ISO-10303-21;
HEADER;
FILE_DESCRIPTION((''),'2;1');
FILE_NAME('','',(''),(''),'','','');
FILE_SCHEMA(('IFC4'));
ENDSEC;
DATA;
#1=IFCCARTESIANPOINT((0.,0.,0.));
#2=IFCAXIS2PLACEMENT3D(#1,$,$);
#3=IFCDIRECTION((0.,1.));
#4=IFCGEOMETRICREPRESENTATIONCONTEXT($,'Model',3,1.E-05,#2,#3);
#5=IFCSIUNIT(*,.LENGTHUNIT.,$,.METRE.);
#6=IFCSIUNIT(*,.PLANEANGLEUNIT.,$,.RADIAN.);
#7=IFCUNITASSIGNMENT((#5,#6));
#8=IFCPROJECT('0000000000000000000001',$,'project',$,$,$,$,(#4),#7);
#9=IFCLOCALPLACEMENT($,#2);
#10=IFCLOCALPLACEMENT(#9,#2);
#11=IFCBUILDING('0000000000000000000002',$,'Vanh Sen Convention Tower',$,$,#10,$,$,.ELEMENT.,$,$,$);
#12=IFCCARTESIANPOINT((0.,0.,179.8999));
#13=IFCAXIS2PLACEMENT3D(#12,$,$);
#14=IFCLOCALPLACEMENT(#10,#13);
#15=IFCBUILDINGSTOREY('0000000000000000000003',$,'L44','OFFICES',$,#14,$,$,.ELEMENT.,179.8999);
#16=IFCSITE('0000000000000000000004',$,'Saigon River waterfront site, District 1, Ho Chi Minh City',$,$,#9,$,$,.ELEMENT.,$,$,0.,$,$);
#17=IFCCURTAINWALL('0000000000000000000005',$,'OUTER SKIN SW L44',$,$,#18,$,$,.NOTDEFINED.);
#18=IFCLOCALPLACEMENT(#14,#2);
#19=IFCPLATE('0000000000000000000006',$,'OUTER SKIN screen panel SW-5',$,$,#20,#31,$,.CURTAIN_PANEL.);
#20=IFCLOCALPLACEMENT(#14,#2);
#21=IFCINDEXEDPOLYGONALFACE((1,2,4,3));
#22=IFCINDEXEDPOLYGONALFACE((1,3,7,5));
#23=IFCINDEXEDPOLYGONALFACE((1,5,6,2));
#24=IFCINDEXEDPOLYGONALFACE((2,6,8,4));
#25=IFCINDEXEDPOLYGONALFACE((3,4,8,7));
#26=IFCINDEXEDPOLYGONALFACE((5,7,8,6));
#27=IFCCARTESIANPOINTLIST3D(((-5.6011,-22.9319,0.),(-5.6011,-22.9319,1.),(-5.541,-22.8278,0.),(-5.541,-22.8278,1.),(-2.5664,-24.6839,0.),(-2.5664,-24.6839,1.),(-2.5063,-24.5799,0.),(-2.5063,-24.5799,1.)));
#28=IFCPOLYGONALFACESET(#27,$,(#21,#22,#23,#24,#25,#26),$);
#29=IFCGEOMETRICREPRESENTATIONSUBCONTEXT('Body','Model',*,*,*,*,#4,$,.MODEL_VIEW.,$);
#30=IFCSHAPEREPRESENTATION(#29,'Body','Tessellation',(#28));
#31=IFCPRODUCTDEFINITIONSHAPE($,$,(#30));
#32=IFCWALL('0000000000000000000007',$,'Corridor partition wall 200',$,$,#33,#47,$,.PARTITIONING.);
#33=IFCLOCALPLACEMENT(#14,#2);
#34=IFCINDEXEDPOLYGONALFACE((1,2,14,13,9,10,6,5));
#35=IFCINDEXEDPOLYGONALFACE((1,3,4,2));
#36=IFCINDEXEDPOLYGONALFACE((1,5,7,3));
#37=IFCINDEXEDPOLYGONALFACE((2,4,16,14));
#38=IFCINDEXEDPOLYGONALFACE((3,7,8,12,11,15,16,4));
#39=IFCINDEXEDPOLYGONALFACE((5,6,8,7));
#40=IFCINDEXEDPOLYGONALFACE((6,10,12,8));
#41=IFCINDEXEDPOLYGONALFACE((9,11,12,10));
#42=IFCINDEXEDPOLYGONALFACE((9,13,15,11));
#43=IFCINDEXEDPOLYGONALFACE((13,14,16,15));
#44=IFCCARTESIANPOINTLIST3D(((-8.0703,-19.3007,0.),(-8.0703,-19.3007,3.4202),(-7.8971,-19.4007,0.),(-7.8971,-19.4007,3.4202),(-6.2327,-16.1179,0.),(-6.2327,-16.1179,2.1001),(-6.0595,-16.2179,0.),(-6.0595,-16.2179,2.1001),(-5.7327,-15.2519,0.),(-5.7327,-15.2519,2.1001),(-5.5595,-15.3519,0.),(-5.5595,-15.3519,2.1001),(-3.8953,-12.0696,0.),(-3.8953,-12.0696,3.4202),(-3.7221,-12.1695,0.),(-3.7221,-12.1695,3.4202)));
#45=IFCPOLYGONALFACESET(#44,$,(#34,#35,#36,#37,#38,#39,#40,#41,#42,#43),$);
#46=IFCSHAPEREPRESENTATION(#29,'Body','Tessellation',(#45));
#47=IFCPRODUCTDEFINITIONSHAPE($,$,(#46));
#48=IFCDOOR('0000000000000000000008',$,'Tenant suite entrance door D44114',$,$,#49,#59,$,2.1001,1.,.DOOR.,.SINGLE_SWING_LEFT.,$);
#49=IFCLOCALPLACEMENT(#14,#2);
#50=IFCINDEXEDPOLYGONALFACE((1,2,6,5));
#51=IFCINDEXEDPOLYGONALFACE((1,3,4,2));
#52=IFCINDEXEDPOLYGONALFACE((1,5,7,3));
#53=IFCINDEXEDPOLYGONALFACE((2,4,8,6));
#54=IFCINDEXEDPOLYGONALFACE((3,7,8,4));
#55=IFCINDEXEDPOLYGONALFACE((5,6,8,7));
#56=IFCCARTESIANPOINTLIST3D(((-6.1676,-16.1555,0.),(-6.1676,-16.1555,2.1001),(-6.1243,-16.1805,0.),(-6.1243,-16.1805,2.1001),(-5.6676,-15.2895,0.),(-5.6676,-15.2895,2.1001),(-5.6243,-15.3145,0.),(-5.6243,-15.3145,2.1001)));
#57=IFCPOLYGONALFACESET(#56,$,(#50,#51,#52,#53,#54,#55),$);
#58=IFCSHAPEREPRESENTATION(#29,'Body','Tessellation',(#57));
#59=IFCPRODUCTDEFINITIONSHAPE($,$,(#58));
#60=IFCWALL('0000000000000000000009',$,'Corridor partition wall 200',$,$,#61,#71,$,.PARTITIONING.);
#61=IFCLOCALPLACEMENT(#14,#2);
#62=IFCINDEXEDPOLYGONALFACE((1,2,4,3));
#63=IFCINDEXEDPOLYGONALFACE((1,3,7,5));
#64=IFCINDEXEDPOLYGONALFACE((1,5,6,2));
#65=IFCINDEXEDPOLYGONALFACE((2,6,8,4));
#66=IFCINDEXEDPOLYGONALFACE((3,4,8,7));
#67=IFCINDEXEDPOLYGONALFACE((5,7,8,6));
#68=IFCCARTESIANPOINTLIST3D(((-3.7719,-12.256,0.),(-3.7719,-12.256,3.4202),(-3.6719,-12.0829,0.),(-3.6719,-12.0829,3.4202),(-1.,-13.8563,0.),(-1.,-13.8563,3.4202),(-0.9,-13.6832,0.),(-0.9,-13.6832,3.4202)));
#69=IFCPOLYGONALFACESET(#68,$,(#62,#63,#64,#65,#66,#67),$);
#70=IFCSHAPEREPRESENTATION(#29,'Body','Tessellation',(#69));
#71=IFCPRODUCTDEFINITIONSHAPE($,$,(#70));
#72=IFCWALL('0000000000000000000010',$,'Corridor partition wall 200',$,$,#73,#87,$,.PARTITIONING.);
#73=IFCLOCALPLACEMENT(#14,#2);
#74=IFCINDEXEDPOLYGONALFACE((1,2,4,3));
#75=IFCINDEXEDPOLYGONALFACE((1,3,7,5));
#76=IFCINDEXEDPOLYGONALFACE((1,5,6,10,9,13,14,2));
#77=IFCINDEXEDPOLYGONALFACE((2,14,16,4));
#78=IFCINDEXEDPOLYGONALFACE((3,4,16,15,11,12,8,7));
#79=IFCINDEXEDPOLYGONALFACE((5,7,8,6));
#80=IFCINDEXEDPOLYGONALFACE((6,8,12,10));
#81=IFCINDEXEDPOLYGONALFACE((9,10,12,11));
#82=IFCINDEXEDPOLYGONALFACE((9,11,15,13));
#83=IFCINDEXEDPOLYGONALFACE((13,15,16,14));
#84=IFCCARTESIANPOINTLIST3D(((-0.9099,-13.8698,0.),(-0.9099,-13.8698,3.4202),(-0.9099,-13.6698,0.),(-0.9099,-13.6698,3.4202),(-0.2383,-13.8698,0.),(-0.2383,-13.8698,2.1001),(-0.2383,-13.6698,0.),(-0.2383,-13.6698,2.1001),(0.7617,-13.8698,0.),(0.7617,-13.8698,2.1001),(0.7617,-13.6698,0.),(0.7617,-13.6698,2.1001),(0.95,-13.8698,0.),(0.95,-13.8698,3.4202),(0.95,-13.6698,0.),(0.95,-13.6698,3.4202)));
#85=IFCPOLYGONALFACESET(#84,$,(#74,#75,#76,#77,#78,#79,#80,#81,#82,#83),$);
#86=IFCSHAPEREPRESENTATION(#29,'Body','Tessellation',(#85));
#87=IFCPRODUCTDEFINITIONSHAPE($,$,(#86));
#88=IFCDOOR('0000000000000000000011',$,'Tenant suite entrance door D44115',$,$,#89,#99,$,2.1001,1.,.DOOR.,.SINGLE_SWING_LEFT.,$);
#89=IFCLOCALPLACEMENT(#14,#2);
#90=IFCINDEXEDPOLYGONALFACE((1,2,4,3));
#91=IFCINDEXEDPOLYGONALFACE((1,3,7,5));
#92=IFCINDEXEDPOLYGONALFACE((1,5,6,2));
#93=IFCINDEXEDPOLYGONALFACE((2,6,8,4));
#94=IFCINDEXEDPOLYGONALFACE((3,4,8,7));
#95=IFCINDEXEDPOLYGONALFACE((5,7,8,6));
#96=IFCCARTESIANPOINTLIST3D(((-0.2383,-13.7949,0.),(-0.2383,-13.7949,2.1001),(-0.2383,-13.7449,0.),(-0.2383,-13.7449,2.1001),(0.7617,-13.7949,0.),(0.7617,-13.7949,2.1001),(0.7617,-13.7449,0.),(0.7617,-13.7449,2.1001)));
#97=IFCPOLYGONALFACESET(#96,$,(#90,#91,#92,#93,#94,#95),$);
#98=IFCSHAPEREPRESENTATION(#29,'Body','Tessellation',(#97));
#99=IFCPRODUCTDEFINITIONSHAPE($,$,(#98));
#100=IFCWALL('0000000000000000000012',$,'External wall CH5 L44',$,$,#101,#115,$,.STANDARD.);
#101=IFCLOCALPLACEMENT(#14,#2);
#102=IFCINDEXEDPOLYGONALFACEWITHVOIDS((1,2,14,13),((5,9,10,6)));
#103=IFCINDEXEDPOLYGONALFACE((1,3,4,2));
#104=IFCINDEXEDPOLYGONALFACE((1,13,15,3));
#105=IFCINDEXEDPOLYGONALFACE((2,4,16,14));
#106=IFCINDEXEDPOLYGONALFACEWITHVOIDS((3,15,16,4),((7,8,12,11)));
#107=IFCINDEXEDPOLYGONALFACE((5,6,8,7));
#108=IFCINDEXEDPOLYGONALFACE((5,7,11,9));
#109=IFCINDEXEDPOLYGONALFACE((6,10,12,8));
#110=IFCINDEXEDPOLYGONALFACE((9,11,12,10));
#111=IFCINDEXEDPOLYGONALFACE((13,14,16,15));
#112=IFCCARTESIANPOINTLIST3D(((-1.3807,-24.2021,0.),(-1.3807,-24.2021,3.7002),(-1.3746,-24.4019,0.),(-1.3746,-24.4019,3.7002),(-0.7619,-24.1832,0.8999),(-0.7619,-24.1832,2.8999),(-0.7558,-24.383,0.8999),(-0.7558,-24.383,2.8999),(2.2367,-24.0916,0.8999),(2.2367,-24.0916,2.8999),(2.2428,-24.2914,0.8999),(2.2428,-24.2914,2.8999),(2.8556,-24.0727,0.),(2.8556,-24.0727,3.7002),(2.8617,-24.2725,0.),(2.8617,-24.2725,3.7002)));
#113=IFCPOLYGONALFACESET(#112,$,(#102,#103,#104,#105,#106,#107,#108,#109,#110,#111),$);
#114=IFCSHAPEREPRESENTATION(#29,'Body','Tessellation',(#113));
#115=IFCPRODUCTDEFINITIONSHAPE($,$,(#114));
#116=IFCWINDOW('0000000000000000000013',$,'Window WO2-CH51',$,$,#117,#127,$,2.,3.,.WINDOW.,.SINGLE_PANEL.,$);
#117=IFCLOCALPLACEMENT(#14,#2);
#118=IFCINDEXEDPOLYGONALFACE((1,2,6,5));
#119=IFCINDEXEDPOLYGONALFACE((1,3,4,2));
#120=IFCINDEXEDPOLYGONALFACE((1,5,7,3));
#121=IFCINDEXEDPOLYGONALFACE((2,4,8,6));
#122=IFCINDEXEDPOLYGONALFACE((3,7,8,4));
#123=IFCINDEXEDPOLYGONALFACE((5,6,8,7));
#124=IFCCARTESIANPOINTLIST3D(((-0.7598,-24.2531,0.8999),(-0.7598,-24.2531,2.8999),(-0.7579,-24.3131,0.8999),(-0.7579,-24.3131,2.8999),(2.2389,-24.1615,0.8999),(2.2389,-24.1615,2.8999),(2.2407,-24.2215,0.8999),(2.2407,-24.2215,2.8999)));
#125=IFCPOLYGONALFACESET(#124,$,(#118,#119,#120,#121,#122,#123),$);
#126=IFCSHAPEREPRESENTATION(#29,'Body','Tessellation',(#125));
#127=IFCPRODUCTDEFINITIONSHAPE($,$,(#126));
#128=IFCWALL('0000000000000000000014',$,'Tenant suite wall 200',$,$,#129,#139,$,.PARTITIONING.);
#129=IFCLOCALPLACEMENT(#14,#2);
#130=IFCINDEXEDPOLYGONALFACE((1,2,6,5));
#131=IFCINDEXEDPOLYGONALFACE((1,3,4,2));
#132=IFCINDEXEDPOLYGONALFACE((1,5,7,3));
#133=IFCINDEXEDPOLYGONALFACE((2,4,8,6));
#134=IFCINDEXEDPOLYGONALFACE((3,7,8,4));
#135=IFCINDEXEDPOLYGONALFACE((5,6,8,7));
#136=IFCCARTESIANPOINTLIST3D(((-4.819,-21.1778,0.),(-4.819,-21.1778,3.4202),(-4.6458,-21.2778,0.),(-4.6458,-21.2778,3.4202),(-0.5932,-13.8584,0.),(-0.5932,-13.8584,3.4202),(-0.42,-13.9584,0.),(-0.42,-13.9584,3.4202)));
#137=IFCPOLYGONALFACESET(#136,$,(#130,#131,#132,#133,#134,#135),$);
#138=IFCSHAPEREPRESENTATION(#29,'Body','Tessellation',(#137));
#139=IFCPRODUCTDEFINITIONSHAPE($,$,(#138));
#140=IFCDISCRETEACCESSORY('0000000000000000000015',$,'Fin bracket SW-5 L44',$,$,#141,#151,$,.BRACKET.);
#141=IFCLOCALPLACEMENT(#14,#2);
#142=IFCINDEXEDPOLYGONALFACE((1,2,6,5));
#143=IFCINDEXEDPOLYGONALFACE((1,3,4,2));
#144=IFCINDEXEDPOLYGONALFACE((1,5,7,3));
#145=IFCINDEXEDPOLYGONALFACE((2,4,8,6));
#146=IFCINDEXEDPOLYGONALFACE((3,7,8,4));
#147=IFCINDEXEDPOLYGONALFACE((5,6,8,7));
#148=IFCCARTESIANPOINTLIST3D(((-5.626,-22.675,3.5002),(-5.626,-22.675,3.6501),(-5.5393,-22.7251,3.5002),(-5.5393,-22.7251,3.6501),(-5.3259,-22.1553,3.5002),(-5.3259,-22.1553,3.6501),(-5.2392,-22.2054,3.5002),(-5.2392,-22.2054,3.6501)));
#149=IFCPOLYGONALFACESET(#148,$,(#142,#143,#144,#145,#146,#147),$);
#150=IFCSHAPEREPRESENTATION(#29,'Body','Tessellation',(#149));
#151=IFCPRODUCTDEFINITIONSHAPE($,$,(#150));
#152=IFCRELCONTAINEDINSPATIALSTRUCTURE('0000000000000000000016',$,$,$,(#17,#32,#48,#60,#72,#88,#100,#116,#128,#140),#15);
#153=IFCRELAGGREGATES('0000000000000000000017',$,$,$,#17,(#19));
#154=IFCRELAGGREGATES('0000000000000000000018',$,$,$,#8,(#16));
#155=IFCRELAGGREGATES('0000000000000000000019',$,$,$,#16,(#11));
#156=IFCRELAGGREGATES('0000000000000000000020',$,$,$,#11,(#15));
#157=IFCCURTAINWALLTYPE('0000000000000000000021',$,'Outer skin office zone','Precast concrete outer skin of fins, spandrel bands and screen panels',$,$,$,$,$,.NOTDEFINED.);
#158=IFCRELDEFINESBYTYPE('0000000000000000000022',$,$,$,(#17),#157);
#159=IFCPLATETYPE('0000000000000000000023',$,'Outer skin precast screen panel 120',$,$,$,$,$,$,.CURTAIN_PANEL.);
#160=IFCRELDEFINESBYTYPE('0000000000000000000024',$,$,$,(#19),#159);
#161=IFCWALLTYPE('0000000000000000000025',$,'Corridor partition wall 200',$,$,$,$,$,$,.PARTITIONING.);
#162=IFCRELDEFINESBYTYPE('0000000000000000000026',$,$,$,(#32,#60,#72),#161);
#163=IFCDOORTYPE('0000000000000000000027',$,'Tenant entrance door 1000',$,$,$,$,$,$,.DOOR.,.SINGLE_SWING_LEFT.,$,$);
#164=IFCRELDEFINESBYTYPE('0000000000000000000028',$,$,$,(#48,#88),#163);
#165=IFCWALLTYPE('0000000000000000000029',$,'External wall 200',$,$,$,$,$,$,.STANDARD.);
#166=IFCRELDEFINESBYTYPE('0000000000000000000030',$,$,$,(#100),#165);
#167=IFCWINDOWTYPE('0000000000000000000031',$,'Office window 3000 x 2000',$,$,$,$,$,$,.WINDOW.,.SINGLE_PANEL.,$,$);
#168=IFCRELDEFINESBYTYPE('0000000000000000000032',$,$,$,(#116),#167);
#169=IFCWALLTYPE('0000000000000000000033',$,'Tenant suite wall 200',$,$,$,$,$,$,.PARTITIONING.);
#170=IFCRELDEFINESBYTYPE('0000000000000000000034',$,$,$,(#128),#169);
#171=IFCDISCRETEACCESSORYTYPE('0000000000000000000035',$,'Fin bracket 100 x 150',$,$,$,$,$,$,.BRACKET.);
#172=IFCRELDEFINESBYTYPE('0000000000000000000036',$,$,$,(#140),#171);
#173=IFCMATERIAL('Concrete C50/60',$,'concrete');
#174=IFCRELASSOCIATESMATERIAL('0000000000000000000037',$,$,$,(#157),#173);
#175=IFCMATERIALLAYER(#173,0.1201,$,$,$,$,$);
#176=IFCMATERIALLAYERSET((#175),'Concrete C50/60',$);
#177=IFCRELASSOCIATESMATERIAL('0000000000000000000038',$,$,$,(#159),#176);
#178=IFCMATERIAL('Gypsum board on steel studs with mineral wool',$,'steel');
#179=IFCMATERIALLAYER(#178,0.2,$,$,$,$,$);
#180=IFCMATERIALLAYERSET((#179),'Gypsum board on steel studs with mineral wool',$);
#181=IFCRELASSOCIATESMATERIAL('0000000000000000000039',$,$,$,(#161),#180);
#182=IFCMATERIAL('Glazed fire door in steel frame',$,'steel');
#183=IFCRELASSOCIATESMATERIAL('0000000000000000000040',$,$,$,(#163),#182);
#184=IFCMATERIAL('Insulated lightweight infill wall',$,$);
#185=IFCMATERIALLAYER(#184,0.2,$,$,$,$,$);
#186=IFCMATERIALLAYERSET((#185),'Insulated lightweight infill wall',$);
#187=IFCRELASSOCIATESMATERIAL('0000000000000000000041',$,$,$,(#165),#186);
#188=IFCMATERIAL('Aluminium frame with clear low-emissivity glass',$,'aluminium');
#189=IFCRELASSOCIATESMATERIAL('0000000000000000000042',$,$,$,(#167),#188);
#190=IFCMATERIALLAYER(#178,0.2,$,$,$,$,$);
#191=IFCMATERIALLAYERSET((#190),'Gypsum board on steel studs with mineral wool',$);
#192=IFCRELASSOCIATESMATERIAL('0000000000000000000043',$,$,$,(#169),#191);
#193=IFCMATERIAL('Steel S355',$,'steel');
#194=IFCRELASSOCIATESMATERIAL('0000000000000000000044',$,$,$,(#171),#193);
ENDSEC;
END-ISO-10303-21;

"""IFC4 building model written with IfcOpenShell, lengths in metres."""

from ifc_helpers import new_model, si_unit, direction, frame, frame_2d, origin, origin_2d, place, context, subcontext, project, spatial, rectangle, extrude, material, layer, layer_set, type_object, element, fill, aggregate, save


model = new_model("IFC4")

# Units and contexts
model_context = context("Model", 3, precision=1e-05, world=origin(), true_north=direction((0.0, 1.0)))
body_context = subcontext(model_context, "Body", "Model", "MODEL_VIEW")
ifc_project = project(units=[si_unit("LENGTHUNIT", "METRE"), si_unit("PLANEANGLEUNIT", "RADIAN")], contexts=[model_context])

# Site, building, storey
site_placement = place(None, origin())
site = spatial("IfcSite", under=ifc_project, at=site_placement, Name="Saigon River waterfront site, District 1, Ho Chi Minh City", CompositionType="ELEMENT", RefElevation=0.0)
building_placement = place(site_placement, origin())
building = spatial("IfcBuilding", under=site, at=building_placement, Name="Vanh Sen Convention Tower", CompositionType="ELEMENT")
storey_placement = place(building_placement, frame((0.0, 0.0, 179.8999)))
storey = spatial("IfcBuildingStorey", under=building, at=storey_placement, Name="L44", Description="OFFICES", CompositionType="ELEMENT", Elevation=179.8999)

# Curtain wall
ifc_material_1 = material(Name="Concrete C50/60", Category="concrete")
curtain_wall_type = type_object("IfcCurtainWallType", Name="Outer skin office zone", Description="Precast concrete outer skin of fins, spandrel bands and screen panels", PredefinedType="NOTDEFINED", material=ifc_material_1)
curtain_wall_1_placement = place(storey_placement, origin())
curtain_wall_1 = element("IfcCurtainWall", 1, at=curtain_wall_1_placement, inside=storey, type_object=curtain_wall_type, Name="OUTER SKIN SW L44", PredefinedType="NOTDEFINED")

# Plate
ifc_layer_1 = layer(ifc_material_1, 0.1201)
ifc_layer_set_1 = layer_set([ifc_layer_1], Name="Concrete C50/60")
plate_type = type_object("IfcPlateType", Name="Outer skin precast screen panel 120", PredefinedType="CURTAIN_PANEL", material=ifc_layer_set_1)
plate_1_placement = place(storey_placement, frame((-4.0537, -23.7559, 0.0), z_axis=(0.0, 0.0, 1.0), x_axis=(0.866035, -0.499983, 0.0)))
plate_1 = element("IfcPlate", 2, at=plate_1_placement, type_object=plate_type, Name="OUTER SKIN screen panel SW-5", PredefinedType="CURTAIN_PANEL", context=body_context, shape_type="SweptSolid", body=[
    extrude(rectangle(XDim=3.5042, YDim=0.1201, at=origin_2d()), origin(), (0.0, 0.0, 1.0), 1.0),
])
aggregate(curtain_wall_1, [plate_1])

# Wall, opening, door
ifc_material_2 = material(Name="Gypsum board on steel studs with mineral wool", Category="steel")
ifc_layer_2 = layer(ifc_material_2, 0.2)
ifc_layer_set_2 = layer_set([ifc_layer_2], Name="Gypsum board on steel studs with mineral wool")
wall_type_1 = type_object("IfcWallType", Name="Corridor partition wall 200", PredefinedType="PARTITIONING", material=ifc_layer_set_2)
wall_1_placement = place(storey_placement, frame((-7.9836, -19.3506, 0.0), z_axis=(0.0, 0.0, 1.0), x_axis=(0.50001, 0.86602, 0.0)))
wall_1 = element("IfcWall", 3, at=wall_1_placement, inside=storey, type_object=wall_type_1, Name="Corridor partition wall 200", PredefinedType="PARTITIONING", context=body_context, shape_type="SweptSolid", body=[
    extrude(rectangle(XDim=8.3499, YDim=0.2, at=frame_2d((4.1748, 0.0))), origin(), (0.0, 0.0, 1.0), 3.4202),
])
opening_1_placement = place(wall_1_placement, frame((3.675, 0.0, 0.0)))
opening_1 = element("IfcOpeningElement", 4, at=opening_1_placement, cuts=wall_1, PredefinedType="OPENING", context=body_context, shape_type="SweptSolid", body=[
    extrude(rectangle(XDim=1.0, YDim=2.1001, at=frame_2d((0.5, 1.05))), frame((0.0, 0.1099, 0.0), z_axis=(0.0, -1.0, 0.0), x_axis=(1.0, 0.0, 0.0)), (0.0, 0.0, 1.0), 0.22),
])
ifc_material_3 = material(Name="Glazed fire door in steel frame", Category="steel")
door_type = type_object("IfcDoorType", Name="Tenant entrance door 1000", OperationType="SINGLE_SWING_LEFT", PredefinedType="DOOR", material=ifc_material_3)
door_1_placement = place(opening_1_placement, origin())
door_1 = element("IfcDoor", 5, at=door_1_placement, inside=storey, type_object=door_type, Name="Tenant suite entrance door D44114", OperationType="SINGLE_SWING_LEFT", OverallHeight=2.1001, OverallWidth=1.0, PredefinedType="DOOR", context=body_context, shape_type="SweptSolid", body=[
    extrude(rectangle(XDim=1.0, YDim=2.1001, at=frame_2d((0.5, 1.05))), frame((0.0, 0.0249, 0.0), z_axis=(0.0, -1.0, 0.0), x_axis=(1.0, 0.0, 0.0)), (0.0, 0.0, 1.0), 0.05),
])
fill(opening_1, door_1)

# Wall
wall_2_placement = place(storey_placement, frame((-3.7219, -12.1694, 0.0), z_axis=(0.0, 0.0, 1.0), x_axis=(0.866033, -0.499987, 0.0)))
element("IfcWall", 6, at=wall_2_placement, inside=storey, type_object=wall_type_1, Name="Corridor partition wall 200", PredefinedType="PARTITIONING", context=body_context, shape_type="SweptSolid", body=[
    extrude(rectangle(XDim=3.2007, YDim=0.2, at=frame_2d((1.6003, 0.0))), origin(), (0.0, 0.0, 1.0), 3.4202),
])

# Wall, opening, door
wall_3_placement = place(storey_placement, frame((-0.9099, -13.7698, 0.0), z_axis=(0.0, 0.0, 1.0), x_axis=(1.0, 0.0, 0.0)))
wall_3 = element("IfcWall", 7, at=wall_3_placement, inside=storey, type_object=wall_type_1, Name="Corridor partition wall 200", PredefinedType="PARTITIONING", context=body_context, shape_type="SweptSolid", body=[
    extrude(rectangle(XDim=1.8599, YDim=0.2, at=frame_2d((0.9299, 0.0))), origin(), (0.0, 0.0, 1.0), 3.4202),
])
opening_2_placement = place(wall_3_placement, frame((0.6716, 0.0, 0.0)))
opening_2 = element("IfcOpeningElement", 8, at=opening_2_placement, cuts=wall_3, PredefinedType="OPENING", context=body_context, shape_type="SweptSolid", body=[
    extrude(rectangle(XDim=1.0, YDim=2.1001, at=frame_2d((0.5, 1.05))), frame((0.0, 0.1099, 0.0), z_axis=(0.0, -1.0, 0.0), x_axis=(1.0, 0.0, 0.0)), (0.0, 0.0, 1.0), 0.22),
])
door_2_placement = place(opening_2_placement, origin())
door_2 = element("IfcDoor", 9, at=door_2_placement, inside=storey, type_object=door_type, Name="Tenant suite entrance door D44115", OperationType="SINGLE_SWING_LEFT", OverallHeight=2.1001, OverallWidth=1.0, PredefinedType="DOOR", context=body_context, shape_type="SweptSolid", body=[
    extrude(rectangle(XDim=1.0, YDim=2.1001, at=frame_2d((0.5, 1.05))), frame((0.0, 0.0249, 0.0), z_axis=(0.0, -1.0, 0.0), x_axis=(1.0, 0.0, 0.0)), (0.0, 0.0, 1.0), 0.05),
])
fill(opening_2, door_2)

# Wall, opening, window
ifc_material_4 = material(Name="Insulated lightweight infill wall")
ifc_layer_3 = layer(ifc_material_4, 0.2)
ifc_layer_set_3 = layer_set([ifc_layer_3], Name="Insulated lightweight infill wall")
wall_type_2 = type_object("IfcWallType", Name="External wall 200", PredefinedType="STANDARD", material=ifc_layer_set_3)
wall_4_placement = place(storey_placement, frame((-1.3777, -24.302, 0.0), z_axis=(0.0, 0.0, 1.0), x_axis=(0.999534, 0.03053, 0.0)))
wall_4 = element("IfcWall", 10, at=wall_4_placement, inside=storey, type_object=wall_type_2, Name="External wall CH5 L44", PredefinedType="STANDARD", context=body_context, shape_type="SweptSolid", body=[
    extrude(rectangle(XDim=4.2383, YDim=0.2, at=frame_2d((2.1191, 0.0))), origin(), (0.0, 0.0, 1.0), 3.7002),
])
opening_3_placement = place(wall_4_placement, frame((0.6191, 0.0, 0.8999)))
opening_3 = element("IfcOpeningElement", 11, at=opening_3_placement, cuts=wall_4, PredefinedType="OPENING", context=body_context, shape_type="SweptSolid", body=[
    extrude(rectangle(XDim=3.0, YDim=2.0, at=frame_2d((1.5, 1.0))), frame((0.0, 0.1099, 0.0), z_axis=(0.0, -1.0, 0.0), x_axis=(1.0, 0.0, 0.0)), (0.0, 0.0, 1.0), 0.22),
])
ifc_material_5 = material(Name="Aluminium frame with clear low-emissivity glass", Category="aluminium")
window_type = type_object("IfcWindowType", Name="Office window 3000 x 2000", PartitioningType="SINGLE_PANEL", PredefinedType="WINDOW", material=ifc_material_5)
window_placement = place(opening_3_placement, origin())
window = element("IfcWindow", 12, at=window_placement, inside=storey, type_object=window_type, Name="Window WO2-CH51", OverallHeight=2.0, OverallWidth=3.0, PartitioningType="SINGLE_PANEL", PredefinedType="WINDOW", context=body_context, shape_type="SweptSolid", body=[
    extrude(rectangle(XDim=3.0, YDim=2.0, at=frame_2d((1.5, 1.0))), frame((0.0, 0.03, 0.0), z_axis=(0.0, -1.0, 0.0), x_axis=(1.0, 0.0, 0.0)), (0.0, 0.0, 1.0), 0.0601),
])
fill(opening_3, window)

# Wall
ifc_layer_4 = layer(ifc_material_2, 0.2)
ifc_layer_set_4 = layer_set([ifc_layer_4], Name="Gypsum board on steel studs with mineral wool")
wall_type_3 = type_object("IfcWallType", Name="Tenant suite wall 200", PredefinedType="PARTITIONING", material=ifc_layer_set_4)
wall_5_placement = place(storey_placement, frame((-4.7324, -21.2278, 0.0), z_axis=(0.0, 0.0, 1.0), x_axis=(0.500001, 0.866025, 0.0)))
element("IfcWall", 13, at=wall_5_placement, inside=storey, type_object=wall_type_3, Name="Tenant suite wall 200", PredefinedType="PARTITIONING", context=body_context, shape_type="SweptSolid", body=[
    extrude(rectangle(XDim=8.4517, YDim=0.2, at=frame_2d((4.2258, 0.0))), origin(), (0.0, 0.0, 1.0), 3.4202),
])

# Discrete accessory
ifc_material_6 = material(Name="Steel S355", Category="steel")
discrete_accessory_type = type_object("IfcDiscreteAccessoryType", Name="Fin bracket 100 x 150", PredefinedType="BRACKET", material=ifc_material_6)
discrete_accessory_placement = place(storey_placement, frame((-5.4326, -22.4402, 3.5002), z_axis=(0.0, 0.0, 1.0), x_axis=(-0.5, -0.866025, 0.0)))
element("IfcDiscreteAccessory", 14, at=discrete_accessory_placement, inside=storey, type_object=discrete_accessory_type, Name="Fin bracket SW-5 L44", PredefinedType="BRACKET", context=body_context, shape_type="SweptSolid", body=[
    extrude(rectangle(XDim=0.6001, YDim=0.1001, at=origin_2d()), origin(), (0.0, 0.0, 1.0), 0.1499),
])

save(model, "model.ifc")
